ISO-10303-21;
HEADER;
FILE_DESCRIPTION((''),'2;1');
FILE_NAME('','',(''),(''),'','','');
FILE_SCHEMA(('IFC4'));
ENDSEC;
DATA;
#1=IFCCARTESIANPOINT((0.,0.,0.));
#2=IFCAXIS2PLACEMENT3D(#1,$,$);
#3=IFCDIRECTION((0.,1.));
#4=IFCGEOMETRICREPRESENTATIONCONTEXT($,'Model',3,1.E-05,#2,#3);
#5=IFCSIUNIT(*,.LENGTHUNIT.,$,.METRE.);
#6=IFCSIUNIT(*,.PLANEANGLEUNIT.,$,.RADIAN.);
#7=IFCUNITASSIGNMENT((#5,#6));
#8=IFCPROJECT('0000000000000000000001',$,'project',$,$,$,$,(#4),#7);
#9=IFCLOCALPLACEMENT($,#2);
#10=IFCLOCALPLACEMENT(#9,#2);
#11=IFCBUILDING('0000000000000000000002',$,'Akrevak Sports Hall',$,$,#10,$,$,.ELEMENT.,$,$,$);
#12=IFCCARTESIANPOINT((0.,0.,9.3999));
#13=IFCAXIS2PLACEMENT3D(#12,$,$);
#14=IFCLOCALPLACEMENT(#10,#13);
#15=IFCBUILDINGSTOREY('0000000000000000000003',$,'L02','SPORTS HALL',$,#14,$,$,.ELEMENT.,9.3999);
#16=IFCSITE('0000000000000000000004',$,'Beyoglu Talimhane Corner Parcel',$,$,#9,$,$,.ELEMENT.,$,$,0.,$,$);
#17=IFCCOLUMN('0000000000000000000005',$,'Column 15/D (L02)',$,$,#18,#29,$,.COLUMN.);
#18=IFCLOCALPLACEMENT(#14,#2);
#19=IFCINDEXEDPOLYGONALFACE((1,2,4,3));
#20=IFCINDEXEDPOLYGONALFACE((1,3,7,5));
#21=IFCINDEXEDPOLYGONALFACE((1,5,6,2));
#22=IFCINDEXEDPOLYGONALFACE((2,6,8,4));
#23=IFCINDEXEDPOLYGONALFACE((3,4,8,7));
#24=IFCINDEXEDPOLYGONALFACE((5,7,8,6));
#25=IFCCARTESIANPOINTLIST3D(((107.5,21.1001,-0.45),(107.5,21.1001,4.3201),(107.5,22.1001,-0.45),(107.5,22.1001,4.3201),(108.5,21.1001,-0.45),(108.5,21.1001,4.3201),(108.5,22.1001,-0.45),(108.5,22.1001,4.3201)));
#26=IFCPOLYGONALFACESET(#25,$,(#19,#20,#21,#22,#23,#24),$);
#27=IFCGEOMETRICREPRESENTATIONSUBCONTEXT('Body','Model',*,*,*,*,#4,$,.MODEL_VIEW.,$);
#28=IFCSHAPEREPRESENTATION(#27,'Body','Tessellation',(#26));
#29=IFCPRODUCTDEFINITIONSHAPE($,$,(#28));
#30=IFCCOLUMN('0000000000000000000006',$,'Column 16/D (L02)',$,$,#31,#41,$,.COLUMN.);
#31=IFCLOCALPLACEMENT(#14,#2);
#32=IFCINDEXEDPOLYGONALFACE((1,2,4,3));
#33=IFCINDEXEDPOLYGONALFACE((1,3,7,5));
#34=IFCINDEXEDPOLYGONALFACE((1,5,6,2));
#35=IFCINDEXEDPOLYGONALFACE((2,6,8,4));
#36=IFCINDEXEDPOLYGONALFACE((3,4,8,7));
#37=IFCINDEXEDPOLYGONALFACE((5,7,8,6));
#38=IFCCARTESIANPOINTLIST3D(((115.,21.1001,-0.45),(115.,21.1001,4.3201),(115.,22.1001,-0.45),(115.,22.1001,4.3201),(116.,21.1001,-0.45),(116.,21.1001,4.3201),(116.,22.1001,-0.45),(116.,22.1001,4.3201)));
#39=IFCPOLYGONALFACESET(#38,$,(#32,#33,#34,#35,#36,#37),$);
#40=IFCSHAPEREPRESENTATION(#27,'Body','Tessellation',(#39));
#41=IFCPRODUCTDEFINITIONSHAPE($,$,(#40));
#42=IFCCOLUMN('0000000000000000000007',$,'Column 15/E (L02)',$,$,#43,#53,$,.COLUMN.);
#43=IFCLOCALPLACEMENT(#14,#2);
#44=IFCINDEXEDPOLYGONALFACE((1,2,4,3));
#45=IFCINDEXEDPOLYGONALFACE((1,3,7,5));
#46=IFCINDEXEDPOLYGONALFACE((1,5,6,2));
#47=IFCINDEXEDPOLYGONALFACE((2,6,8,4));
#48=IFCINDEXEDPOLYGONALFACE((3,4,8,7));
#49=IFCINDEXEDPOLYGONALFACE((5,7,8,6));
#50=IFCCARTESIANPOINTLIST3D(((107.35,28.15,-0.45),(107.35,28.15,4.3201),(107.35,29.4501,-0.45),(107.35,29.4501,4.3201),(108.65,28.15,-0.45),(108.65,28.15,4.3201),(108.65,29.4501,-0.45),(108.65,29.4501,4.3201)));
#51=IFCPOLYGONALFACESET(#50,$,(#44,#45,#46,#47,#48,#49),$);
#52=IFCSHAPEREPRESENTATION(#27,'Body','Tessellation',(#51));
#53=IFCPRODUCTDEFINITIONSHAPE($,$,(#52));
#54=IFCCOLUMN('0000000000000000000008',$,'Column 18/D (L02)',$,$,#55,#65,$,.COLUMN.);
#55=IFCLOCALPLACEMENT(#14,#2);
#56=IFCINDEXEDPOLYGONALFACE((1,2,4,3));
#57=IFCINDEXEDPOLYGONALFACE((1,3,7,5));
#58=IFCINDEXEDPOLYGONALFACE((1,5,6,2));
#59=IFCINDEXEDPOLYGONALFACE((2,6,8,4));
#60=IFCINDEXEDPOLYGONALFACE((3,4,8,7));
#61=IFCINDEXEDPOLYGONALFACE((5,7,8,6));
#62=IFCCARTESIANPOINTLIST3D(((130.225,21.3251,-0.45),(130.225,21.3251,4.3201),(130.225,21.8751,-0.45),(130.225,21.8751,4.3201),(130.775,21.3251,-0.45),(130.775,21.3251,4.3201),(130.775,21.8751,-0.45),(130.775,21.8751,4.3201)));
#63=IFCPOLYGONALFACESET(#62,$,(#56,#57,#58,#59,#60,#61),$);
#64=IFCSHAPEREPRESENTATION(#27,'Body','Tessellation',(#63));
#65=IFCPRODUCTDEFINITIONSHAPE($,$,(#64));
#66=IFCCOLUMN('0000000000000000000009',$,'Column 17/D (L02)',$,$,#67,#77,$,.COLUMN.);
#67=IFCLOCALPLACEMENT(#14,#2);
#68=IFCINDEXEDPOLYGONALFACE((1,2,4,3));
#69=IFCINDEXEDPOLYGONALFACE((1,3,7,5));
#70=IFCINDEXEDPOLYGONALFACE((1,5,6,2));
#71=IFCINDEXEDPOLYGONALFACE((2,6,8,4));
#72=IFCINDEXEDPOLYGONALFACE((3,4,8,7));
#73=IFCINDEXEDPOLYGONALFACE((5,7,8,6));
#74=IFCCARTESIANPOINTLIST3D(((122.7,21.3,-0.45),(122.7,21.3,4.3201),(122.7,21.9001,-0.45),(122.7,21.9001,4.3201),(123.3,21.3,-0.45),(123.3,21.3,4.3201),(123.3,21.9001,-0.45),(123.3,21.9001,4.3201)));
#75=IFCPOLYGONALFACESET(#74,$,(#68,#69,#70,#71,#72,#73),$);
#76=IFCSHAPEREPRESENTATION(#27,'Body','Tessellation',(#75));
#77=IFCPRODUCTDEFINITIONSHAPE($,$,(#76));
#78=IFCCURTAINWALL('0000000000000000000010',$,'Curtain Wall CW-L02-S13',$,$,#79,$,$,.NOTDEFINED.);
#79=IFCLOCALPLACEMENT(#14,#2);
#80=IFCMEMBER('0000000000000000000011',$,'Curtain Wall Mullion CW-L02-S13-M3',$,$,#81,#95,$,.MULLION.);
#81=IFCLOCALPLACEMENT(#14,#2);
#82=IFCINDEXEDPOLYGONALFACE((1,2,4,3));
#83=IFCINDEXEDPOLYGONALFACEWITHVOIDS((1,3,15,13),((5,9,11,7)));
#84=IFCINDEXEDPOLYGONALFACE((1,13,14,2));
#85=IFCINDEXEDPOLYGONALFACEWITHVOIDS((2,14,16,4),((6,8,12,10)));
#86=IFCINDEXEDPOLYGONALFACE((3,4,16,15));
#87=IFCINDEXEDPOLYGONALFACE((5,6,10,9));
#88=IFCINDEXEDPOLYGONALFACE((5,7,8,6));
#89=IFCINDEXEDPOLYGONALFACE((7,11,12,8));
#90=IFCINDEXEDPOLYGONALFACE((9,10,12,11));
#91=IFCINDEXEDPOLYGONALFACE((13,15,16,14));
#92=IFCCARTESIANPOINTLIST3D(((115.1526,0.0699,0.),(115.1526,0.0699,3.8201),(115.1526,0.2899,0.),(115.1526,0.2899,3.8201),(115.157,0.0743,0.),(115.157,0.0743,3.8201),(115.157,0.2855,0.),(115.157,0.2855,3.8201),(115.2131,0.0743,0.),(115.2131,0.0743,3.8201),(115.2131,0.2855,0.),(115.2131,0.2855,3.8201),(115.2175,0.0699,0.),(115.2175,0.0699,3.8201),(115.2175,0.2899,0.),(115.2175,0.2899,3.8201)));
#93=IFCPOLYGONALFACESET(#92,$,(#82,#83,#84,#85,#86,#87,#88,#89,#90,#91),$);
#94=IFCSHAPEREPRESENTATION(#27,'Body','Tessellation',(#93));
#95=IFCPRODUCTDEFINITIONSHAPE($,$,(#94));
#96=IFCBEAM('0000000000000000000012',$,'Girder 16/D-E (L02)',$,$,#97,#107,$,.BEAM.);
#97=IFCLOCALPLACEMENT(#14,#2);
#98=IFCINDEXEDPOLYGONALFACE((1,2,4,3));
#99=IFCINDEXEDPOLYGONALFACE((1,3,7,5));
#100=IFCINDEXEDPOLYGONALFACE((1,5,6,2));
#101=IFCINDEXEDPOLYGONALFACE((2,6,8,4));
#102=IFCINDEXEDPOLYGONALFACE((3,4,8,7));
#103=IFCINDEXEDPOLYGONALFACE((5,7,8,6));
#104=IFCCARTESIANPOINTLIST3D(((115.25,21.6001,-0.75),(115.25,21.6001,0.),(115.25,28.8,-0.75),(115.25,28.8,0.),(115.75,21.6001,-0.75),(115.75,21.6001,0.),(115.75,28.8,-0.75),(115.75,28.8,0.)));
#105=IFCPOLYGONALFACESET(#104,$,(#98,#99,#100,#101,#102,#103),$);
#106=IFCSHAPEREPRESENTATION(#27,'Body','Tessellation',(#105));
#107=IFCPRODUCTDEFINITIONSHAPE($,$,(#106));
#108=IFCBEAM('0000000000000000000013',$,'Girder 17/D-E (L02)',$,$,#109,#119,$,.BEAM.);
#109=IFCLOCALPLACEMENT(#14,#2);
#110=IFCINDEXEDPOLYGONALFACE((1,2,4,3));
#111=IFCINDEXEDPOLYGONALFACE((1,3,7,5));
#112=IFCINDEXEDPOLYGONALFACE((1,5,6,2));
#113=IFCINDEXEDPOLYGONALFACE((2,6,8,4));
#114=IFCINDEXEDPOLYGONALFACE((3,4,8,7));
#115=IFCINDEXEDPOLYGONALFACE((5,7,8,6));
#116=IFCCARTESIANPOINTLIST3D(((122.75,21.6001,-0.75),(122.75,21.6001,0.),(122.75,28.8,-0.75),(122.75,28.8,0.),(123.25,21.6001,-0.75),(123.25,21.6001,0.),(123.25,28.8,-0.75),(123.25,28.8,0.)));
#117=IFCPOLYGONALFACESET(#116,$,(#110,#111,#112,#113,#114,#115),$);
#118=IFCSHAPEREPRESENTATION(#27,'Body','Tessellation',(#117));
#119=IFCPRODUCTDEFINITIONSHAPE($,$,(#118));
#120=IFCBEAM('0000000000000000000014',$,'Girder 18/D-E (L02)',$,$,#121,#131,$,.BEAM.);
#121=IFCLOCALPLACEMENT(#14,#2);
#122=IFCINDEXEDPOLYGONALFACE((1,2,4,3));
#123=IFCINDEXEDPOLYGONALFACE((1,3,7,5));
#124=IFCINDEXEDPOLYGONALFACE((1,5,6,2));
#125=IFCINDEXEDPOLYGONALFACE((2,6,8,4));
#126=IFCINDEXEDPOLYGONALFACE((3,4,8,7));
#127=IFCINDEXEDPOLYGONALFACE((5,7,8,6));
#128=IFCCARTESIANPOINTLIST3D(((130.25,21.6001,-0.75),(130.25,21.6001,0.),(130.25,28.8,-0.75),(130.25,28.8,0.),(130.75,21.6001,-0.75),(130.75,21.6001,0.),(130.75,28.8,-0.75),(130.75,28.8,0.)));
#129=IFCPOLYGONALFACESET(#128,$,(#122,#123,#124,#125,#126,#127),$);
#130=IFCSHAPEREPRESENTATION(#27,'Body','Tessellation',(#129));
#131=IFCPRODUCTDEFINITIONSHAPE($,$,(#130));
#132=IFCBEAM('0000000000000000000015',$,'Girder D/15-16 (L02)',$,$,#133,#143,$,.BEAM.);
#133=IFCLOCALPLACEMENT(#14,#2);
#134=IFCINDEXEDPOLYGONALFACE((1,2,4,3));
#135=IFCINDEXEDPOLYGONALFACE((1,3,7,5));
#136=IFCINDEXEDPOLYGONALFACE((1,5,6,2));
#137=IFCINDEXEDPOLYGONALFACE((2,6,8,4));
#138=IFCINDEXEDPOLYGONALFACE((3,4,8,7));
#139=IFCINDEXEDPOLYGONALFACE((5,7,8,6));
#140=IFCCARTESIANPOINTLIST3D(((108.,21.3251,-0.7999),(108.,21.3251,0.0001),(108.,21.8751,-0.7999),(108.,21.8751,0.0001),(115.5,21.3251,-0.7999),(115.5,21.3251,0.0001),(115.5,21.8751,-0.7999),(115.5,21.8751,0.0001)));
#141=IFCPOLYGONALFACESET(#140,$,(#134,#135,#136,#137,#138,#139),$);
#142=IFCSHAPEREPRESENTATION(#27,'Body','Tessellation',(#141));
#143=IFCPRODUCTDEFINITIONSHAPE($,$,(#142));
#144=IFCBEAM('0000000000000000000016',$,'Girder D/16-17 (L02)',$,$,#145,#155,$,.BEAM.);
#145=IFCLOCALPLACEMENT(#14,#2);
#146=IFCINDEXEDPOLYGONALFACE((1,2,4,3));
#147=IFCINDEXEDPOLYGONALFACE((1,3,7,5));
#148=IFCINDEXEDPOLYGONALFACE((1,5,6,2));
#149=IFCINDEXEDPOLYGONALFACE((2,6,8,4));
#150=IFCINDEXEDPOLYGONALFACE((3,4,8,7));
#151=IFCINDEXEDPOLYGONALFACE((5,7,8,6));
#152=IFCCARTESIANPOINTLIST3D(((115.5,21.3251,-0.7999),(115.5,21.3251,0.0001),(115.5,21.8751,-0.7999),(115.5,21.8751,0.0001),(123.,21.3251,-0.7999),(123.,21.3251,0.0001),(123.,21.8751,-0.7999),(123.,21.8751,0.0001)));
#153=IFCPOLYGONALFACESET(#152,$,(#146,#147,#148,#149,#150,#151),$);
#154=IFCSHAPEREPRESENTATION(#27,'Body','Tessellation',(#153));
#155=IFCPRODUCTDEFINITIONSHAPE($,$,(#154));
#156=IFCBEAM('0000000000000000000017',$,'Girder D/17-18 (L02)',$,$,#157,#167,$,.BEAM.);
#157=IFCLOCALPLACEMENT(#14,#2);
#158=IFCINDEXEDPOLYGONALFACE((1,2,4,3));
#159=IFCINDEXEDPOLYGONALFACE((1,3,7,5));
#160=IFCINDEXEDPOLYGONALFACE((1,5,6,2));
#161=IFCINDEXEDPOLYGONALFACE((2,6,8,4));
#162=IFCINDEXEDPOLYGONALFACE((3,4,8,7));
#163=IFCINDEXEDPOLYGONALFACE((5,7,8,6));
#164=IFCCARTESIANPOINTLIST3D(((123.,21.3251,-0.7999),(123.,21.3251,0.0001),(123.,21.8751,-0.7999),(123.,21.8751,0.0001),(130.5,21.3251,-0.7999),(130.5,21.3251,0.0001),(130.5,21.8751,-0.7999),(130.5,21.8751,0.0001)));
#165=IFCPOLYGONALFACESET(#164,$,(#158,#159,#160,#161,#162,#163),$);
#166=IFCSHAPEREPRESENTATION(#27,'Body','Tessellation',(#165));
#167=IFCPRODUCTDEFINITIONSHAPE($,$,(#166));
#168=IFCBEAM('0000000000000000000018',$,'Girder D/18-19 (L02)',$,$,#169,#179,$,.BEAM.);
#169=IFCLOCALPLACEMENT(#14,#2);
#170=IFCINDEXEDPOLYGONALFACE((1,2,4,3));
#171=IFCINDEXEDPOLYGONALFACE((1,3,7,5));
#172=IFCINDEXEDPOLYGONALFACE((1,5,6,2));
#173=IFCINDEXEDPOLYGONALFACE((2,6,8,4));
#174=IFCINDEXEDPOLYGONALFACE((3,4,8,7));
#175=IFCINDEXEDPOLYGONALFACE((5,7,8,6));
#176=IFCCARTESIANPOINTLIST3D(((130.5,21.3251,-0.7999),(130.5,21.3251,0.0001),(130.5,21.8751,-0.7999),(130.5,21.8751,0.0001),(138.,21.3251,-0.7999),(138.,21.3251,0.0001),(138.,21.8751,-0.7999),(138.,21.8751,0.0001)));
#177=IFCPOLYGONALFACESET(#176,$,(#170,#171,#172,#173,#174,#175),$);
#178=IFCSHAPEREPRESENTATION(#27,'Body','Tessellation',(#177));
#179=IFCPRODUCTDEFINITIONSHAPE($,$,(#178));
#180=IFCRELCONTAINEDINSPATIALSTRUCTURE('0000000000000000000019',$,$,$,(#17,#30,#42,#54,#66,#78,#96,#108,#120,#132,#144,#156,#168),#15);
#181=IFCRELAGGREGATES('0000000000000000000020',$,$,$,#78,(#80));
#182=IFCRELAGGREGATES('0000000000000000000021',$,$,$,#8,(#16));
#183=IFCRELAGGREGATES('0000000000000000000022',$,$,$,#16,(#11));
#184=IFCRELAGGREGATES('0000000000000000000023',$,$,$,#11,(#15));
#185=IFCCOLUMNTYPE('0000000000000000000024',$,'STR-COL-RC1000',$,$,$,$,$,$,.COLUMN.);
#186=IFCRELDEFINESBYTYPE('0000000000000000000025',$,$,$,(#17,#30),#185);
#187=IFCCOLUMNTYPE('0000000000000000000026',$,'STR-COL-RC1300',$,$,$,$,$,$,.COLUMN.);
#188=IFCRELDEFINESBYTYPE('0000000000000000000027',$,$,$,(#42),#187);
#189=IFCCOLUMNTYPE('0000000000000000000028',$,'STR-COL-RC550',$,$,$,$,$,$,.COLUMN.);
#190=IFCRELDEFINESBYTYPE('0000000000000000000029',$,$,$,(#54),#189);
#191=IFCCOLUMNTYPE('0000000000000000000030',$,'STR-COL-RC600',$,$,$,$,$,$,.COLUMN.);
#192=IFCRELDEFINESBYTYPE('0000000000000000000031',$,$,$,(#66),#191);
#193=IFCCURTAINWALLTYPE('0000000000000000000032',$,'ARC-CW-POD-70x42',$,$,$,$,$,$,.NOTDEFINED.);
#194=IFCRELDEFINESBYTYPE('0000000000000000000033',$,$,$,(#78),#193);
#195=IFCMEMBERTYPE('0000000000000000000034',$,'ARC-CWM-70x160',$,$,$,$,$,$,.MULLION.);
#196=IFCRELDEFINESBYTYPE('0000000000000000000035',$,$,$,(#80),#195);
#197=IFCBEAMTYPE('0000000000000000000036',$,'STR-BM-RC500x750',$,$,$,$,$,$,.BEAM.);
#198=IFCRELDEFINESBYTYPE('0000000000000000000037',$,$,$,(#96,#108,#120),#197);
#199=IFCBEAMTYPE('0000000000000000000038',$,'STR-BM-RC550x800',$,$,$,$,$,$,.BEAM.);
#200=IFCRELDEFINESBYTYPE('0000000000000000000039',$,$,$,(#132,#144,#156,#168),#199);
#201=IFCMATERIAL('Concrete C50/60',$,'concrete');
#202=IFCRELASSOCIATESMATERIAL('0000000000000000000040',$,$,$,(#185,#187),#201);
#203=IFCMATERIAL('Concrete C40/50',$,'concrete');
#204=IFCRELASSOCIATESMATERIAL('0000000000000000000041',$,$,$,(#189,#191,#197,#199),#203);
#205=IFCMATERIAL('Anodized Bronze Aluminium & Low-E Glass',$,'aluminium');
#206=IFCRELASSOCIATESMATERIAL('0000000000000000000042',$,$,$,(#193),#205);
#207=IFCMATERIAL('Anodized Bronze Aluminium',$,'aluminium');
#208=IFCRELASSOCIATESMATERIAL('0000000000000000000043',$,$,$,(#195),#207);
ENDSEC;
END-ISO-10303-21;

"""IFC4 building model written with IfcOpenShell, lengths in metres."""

from ifc_helpers import new_model, si_unit, direction, frame, origin, origin_2d, place, context, subcontext, project, spatial, rectangle, hollow_rectangle, extrude, material, material_profile, profile_set, type_object, element, aggregate, save


model = new_model("IFC4")

# Units and contexts
model_context = context("Model", 3, precision=1e-05, world=origin(), true_north=direction((0.0, 1.0)))
body_context = subcontext(model_context, "Body", "Model", "MODEL_VIEW")
ifc_project = project(units=[si_unit("LENGTHUNIT", "METRE"), si_unit("PLANEANGLEUNIT", "RADIAN")], contexts=[model_context])

# Site, building, storey
site_placement = place(None, origin())
site = spatial("IfcSite", under=ifc_project, at=site_placement, Name="Beyoglu Talimhane Corner Parcel", CompositionType="ELEMENT", RefElevation=0.0)
building_placement = place(site_placement, origin())
building = spatial("IfcBuilding", under=site, at=building_placement, Name="Akrevak Sports Hall", CompositionType="ELEMENT")
storey_placement = place(building_placement, frame((0.0, 0.0, 9.3999)))
storey = spatial("IfcBuildingStorey", under=building, at=storey_placement, Name="L02", Description="SPORTS HALL", CompositionType="ELEMENT", Elevation=9.3999)

# Columns
ifc_material_1 = material(Name="Concrete C50/60", Category="concrete")
ifc_material_profile_1 = material_profile(ifc_material_1, rectangle(XDim=1.0, YDim=1.0, at=origin_2d()), Name="RC 1000x1000", Category="concrete")
ifc_profile_set_1 = profile_set([ifc_material_profile_1], Name="Concrete C50/60")
column_type_1 = type_object("IfcColumnType", Name="STR-COL-RC1000", PredefinedType="COLUMN", material=ifc_profile_set_1)
for number, where, z_axis, x_axis, name in (
    (1, (108.0, 21.6001, -0.45), (0.0, 0.0, 1.0), (1.0, 0.0, 0.0), "Column 15/D (L02)"),
    (2, (115.5, 21.6001, -0.45), (0.0, 0.0, 1.0), (1.0, 0.0, 0.0), "Column 16/D (L02)"),
):
    element("IfcColumn", number, at=place(storey_placement, frame(where, z_axis=z_axis, x_axis=x_axis)), inside=storey, type_object=column_type_1, Name=name, PredefinedType="COLUMN", context=body_context, shape_type="SweptSolid", body=[
        extrude(rectangle(XDim=1.0, YDim=1.0, at=origin_2d()), origin(), (0.0, 0.0, 1.0), 4.77),
    ])
ifc_material_profile_2 = material_profile(ifc_material_1, rectangle(XDim=1.3, YDim=1.3, at=origin_2d()), Name="RC 1300x1300", Category="concrete")
ifc_profile_set_2 = profile_set([ifc_material_profile_2], Name="Concrete C50/60")
column_type_2 = type_object("IfcColumnType", Name="STR-COL-RC1300", PredefinedType="COLUMN", material=ifc_profile_set_2)
column_1_placement = place(storey_placement, frame((108.0, 28.8, -0.45), z_axis=(0.0, 0.0, 1.0), x_axis=(1.0, 0.0, 0.0)))
element("IfcColumn", 3, at=column_1_placement, inside=storey, type_object=column_type_2, Name="Column 15/E (L02)", PredefinedType="COLUMN", context=body_context, shape_type="SweptSolid", body=[
    extrude(rectangle(XDim=1.3, YDim=1.3, at=origin_2d()), origin(), (0.0, 0.0, 1.0), 4.77),
])
ifc_material_2 = material(Name="Concrete C40/50", Category="concrete")
ifc_material_profile_3 = material_profile(ifc_material_2, rectangle(XDim=0.55, YDim=0.55, at=origin_2d()), Name="RC 550x550", Category="concrete")
ifc_profile_set_3 = profile_set([ifc_material_profile_3], Name="Concrete C40/50")
column_type_3 = type_object("IfcColumnType", Name="STR-COL-RC550", PredefinedType="COLUMN", material=ifc_profile_set_3)
column_2_placement = place(storey_placement, frame((130.5, 21.6001, -0.45), z_axis=(0.0, 0.0, 1.0), x_axis=(1.0, 0.0, 0.0)))
element("IfcColumn", 4, at=column_2_placement, inside=storey, type_object=column_type_3, Name="Column 18/D (L02)", PredefinedType="COLUMN", context=body_context, shape_type="SweptSolid", body=[
    extrude(rectangle(XDim=0.55, YDim=0.55, at=origin_2d()), origin(), (0.0, 0.0, 1.0), 4.77),
])
ifc_material_profile_4 = material_profile(ifc_material_2, rectangle(XDim=0.6001, YDim=0.6001, at=origin_2d()), Name="RC 600x600", Category="concrete")
ifc_profile_set_4 = profile_set([ifc_material_profile_4], Name="Concrete C40/50")
column_type_4 = type_object("IfcColumnType", Name="STR-COL-RC600", PredefinedType="COLUMN", material=ifc_profile_set_4)
column_3_placement = place(storey_placement, frame((123.0, 21.6001, -0.45), z_axis=(0.0, 0.0, 1.0), x_axis=(1.0, 0.0, 0.0)))
element("IfcColumn", 5, at=column_3_placement, inside=storey, type_object=column_type_4, Name="Column 17/D (L02)", PredefinedType="COLUMN", context=body_context, shape_type="SweptSolid", body=[
    extrude(rectangle(XDim=0.6001, YDim=0.6001, at=origin_2d()), origin(), (0.0, 0.0, 1.0), 4.77),
])

# Curtain wall, member
ifc_material_3 = material(Name="Anodized Bronze Aluminium & Low-E Glass", Category="aluminium")
curtain_wall_type = type_object("IfcCurtainWallType", Name="ARC-CW-POD-70x42", PredefinedType="NOTDEFINED", material=ifc_material_3)
curtain_wall_placement = place(storey_placement, origin())
curtain_wall = element("IfcCurtainWall", 6, at=curtain_wall_placement, inside=storey, type_object=curtain_wall_type, Name="Curtain Wall CW-L02-S13", PredefinedType="NOTDEFINED")
ifc_material_4 = material(Name="Anodized Bronze Aluminium", Category="aluminium")
ifc_material_profile_5 = material_profile(ifc_material_4, hollow_rectangle(XDim=0.0649, YDim=0.22, WallThickness=0.0044, at=origin_2d()), Name="CWM 65x220", Category="aluminium")
ifc_profile_set_5 = profile_set([ifc_material_profile_5], Name="Anodized Bronze Aluminium")
member_type = type_object("IfcMemberType", Name="ARC-CWM-70x160", PredefinedType="MULLION", material=ifc_profile_set_5)
member_placement = place(storey_placement, frame((115.1851, 0.1799, 0.0), z_axis=(0.0, 0.0, 1.0), x_axis=(1.0, 0.0, 0.0)))
member = element("IfcMember", 7, at=member_placement, type_object=member_type, Name="Curtain Wall Mullion CW-L02-S13-M3", PredefinedType="MULLION", context=body_context, shape_type="SweptSolid", body=[
    extrude(hollow_rectangle(XDim=0.0649, YDim=0.22, WallThickness=0.0044, at=origin_2d()), origin(), (0.0, 0.0, 1.0), 3.8201),
])
aggregate(curtain_wall, [member])

# Beams
ifc_material_profile_6 = material_profile(ifc_material_2, rectangle(XDim=0.5, YDim=0.75, at=origin_2d()), Name="BM 500x750", Category="concrete")
ifc_profile_set_6 = profile_set([ifc_material_profile_6], Name="Concrete C40/50")
beam_type_1 = type_object("IfcBeamType", Name="STR-BM-RC500x750", PredefinedType="BEAM", material=ifc_profile_set_6)
for number, where, z_axis, x_axis, name in (
    (8, (115.5, 21.6001, -0.375), (0.0, 1.0, 0.0), (-1.0, 0.0, 0.0), "Girder 16/D-E (L02)"),
    (9, (123.0, 21.6001, -0.375), (0.0, 1.0, 0.0), (-1.0, 0.0, 0.0), "Girder 17/D-E (L02)"),
    (10, (130.5, 21.6001, -0.375), (0.0, 1.0, 0.0), (-1.0, 0.0, 0.0), "Girder 18/D-E (L02)"),
):
    element("IfcBeam", number, at=place(storey_placement, frame(where, z_axis=z_axis, x_axis=x_axis)), inside=storey, type_object=beam_type_1, Name=name, PredefinedType="BEAM", context=body_context, shape_type="SweptSolid", body=[
        extrude(rectangle(XDim=0.5, YDim=0.75, at=origin_2d()), origin(), (0.0, 0.0, 1.0), 7.2),
    ])
ifc_material_profile_7 = material_profile(ifc_material_2, rectangle(XDim=0.55, YDim=0.8, at=origin_2d()), Name="BM 550x800", Category="concrete")
ifc_profile_set_7 = profile_set([ifc_material_profile_7], Name="Concrete C40/50")
beam_type_2 = type_object("IfcBeamType", Name="STR-BM-RC550x800", PredefinedType="BEAM", material=ifc_profile_set_7)
for number, where, z_axis, x_axis, name in (
    (11, (108.0, 21.6001, -0.3999), (1.0, 0.0, 0.0), (0.0, 1.0, 0.0), "Girder D/15-16 (L02)"),
    (12, (115.5, 21.6001, -0.3999), (1.0, 0.0, 0.0), (0.0, 1.0, 0.0), "Girder D/16-17 (L02)"),
    (13, (123.0, 21.6001, -0.3999), (1.0, 0.0, 0.0), (0.0, 1.0, 0.0), "Girder D/17-18 (L02)"),
    (14, (130.5, 21.6001, -0.3999), (1.0, 0.0, 0.0), (0.0, 1.0, 0.0), "Girder D/18-19 (L02)"),
):
    element("IfcBeam", number, at=place(storey_placement, frame(where, z_axis=z_axis, x_axis=x_axis)), inside=storey, type_object=beam_type_2, Name=name, PredefinedType="BEAM", context=body_context, shape_type="SweptSolid", body=[
        extrude(rectangle(XDim=0.55, YDim=0.8, at=origin_2d()), origin(), (0.0, 0.0, 1.0), 7.5),
    ])

save(model, "model.ifc")
